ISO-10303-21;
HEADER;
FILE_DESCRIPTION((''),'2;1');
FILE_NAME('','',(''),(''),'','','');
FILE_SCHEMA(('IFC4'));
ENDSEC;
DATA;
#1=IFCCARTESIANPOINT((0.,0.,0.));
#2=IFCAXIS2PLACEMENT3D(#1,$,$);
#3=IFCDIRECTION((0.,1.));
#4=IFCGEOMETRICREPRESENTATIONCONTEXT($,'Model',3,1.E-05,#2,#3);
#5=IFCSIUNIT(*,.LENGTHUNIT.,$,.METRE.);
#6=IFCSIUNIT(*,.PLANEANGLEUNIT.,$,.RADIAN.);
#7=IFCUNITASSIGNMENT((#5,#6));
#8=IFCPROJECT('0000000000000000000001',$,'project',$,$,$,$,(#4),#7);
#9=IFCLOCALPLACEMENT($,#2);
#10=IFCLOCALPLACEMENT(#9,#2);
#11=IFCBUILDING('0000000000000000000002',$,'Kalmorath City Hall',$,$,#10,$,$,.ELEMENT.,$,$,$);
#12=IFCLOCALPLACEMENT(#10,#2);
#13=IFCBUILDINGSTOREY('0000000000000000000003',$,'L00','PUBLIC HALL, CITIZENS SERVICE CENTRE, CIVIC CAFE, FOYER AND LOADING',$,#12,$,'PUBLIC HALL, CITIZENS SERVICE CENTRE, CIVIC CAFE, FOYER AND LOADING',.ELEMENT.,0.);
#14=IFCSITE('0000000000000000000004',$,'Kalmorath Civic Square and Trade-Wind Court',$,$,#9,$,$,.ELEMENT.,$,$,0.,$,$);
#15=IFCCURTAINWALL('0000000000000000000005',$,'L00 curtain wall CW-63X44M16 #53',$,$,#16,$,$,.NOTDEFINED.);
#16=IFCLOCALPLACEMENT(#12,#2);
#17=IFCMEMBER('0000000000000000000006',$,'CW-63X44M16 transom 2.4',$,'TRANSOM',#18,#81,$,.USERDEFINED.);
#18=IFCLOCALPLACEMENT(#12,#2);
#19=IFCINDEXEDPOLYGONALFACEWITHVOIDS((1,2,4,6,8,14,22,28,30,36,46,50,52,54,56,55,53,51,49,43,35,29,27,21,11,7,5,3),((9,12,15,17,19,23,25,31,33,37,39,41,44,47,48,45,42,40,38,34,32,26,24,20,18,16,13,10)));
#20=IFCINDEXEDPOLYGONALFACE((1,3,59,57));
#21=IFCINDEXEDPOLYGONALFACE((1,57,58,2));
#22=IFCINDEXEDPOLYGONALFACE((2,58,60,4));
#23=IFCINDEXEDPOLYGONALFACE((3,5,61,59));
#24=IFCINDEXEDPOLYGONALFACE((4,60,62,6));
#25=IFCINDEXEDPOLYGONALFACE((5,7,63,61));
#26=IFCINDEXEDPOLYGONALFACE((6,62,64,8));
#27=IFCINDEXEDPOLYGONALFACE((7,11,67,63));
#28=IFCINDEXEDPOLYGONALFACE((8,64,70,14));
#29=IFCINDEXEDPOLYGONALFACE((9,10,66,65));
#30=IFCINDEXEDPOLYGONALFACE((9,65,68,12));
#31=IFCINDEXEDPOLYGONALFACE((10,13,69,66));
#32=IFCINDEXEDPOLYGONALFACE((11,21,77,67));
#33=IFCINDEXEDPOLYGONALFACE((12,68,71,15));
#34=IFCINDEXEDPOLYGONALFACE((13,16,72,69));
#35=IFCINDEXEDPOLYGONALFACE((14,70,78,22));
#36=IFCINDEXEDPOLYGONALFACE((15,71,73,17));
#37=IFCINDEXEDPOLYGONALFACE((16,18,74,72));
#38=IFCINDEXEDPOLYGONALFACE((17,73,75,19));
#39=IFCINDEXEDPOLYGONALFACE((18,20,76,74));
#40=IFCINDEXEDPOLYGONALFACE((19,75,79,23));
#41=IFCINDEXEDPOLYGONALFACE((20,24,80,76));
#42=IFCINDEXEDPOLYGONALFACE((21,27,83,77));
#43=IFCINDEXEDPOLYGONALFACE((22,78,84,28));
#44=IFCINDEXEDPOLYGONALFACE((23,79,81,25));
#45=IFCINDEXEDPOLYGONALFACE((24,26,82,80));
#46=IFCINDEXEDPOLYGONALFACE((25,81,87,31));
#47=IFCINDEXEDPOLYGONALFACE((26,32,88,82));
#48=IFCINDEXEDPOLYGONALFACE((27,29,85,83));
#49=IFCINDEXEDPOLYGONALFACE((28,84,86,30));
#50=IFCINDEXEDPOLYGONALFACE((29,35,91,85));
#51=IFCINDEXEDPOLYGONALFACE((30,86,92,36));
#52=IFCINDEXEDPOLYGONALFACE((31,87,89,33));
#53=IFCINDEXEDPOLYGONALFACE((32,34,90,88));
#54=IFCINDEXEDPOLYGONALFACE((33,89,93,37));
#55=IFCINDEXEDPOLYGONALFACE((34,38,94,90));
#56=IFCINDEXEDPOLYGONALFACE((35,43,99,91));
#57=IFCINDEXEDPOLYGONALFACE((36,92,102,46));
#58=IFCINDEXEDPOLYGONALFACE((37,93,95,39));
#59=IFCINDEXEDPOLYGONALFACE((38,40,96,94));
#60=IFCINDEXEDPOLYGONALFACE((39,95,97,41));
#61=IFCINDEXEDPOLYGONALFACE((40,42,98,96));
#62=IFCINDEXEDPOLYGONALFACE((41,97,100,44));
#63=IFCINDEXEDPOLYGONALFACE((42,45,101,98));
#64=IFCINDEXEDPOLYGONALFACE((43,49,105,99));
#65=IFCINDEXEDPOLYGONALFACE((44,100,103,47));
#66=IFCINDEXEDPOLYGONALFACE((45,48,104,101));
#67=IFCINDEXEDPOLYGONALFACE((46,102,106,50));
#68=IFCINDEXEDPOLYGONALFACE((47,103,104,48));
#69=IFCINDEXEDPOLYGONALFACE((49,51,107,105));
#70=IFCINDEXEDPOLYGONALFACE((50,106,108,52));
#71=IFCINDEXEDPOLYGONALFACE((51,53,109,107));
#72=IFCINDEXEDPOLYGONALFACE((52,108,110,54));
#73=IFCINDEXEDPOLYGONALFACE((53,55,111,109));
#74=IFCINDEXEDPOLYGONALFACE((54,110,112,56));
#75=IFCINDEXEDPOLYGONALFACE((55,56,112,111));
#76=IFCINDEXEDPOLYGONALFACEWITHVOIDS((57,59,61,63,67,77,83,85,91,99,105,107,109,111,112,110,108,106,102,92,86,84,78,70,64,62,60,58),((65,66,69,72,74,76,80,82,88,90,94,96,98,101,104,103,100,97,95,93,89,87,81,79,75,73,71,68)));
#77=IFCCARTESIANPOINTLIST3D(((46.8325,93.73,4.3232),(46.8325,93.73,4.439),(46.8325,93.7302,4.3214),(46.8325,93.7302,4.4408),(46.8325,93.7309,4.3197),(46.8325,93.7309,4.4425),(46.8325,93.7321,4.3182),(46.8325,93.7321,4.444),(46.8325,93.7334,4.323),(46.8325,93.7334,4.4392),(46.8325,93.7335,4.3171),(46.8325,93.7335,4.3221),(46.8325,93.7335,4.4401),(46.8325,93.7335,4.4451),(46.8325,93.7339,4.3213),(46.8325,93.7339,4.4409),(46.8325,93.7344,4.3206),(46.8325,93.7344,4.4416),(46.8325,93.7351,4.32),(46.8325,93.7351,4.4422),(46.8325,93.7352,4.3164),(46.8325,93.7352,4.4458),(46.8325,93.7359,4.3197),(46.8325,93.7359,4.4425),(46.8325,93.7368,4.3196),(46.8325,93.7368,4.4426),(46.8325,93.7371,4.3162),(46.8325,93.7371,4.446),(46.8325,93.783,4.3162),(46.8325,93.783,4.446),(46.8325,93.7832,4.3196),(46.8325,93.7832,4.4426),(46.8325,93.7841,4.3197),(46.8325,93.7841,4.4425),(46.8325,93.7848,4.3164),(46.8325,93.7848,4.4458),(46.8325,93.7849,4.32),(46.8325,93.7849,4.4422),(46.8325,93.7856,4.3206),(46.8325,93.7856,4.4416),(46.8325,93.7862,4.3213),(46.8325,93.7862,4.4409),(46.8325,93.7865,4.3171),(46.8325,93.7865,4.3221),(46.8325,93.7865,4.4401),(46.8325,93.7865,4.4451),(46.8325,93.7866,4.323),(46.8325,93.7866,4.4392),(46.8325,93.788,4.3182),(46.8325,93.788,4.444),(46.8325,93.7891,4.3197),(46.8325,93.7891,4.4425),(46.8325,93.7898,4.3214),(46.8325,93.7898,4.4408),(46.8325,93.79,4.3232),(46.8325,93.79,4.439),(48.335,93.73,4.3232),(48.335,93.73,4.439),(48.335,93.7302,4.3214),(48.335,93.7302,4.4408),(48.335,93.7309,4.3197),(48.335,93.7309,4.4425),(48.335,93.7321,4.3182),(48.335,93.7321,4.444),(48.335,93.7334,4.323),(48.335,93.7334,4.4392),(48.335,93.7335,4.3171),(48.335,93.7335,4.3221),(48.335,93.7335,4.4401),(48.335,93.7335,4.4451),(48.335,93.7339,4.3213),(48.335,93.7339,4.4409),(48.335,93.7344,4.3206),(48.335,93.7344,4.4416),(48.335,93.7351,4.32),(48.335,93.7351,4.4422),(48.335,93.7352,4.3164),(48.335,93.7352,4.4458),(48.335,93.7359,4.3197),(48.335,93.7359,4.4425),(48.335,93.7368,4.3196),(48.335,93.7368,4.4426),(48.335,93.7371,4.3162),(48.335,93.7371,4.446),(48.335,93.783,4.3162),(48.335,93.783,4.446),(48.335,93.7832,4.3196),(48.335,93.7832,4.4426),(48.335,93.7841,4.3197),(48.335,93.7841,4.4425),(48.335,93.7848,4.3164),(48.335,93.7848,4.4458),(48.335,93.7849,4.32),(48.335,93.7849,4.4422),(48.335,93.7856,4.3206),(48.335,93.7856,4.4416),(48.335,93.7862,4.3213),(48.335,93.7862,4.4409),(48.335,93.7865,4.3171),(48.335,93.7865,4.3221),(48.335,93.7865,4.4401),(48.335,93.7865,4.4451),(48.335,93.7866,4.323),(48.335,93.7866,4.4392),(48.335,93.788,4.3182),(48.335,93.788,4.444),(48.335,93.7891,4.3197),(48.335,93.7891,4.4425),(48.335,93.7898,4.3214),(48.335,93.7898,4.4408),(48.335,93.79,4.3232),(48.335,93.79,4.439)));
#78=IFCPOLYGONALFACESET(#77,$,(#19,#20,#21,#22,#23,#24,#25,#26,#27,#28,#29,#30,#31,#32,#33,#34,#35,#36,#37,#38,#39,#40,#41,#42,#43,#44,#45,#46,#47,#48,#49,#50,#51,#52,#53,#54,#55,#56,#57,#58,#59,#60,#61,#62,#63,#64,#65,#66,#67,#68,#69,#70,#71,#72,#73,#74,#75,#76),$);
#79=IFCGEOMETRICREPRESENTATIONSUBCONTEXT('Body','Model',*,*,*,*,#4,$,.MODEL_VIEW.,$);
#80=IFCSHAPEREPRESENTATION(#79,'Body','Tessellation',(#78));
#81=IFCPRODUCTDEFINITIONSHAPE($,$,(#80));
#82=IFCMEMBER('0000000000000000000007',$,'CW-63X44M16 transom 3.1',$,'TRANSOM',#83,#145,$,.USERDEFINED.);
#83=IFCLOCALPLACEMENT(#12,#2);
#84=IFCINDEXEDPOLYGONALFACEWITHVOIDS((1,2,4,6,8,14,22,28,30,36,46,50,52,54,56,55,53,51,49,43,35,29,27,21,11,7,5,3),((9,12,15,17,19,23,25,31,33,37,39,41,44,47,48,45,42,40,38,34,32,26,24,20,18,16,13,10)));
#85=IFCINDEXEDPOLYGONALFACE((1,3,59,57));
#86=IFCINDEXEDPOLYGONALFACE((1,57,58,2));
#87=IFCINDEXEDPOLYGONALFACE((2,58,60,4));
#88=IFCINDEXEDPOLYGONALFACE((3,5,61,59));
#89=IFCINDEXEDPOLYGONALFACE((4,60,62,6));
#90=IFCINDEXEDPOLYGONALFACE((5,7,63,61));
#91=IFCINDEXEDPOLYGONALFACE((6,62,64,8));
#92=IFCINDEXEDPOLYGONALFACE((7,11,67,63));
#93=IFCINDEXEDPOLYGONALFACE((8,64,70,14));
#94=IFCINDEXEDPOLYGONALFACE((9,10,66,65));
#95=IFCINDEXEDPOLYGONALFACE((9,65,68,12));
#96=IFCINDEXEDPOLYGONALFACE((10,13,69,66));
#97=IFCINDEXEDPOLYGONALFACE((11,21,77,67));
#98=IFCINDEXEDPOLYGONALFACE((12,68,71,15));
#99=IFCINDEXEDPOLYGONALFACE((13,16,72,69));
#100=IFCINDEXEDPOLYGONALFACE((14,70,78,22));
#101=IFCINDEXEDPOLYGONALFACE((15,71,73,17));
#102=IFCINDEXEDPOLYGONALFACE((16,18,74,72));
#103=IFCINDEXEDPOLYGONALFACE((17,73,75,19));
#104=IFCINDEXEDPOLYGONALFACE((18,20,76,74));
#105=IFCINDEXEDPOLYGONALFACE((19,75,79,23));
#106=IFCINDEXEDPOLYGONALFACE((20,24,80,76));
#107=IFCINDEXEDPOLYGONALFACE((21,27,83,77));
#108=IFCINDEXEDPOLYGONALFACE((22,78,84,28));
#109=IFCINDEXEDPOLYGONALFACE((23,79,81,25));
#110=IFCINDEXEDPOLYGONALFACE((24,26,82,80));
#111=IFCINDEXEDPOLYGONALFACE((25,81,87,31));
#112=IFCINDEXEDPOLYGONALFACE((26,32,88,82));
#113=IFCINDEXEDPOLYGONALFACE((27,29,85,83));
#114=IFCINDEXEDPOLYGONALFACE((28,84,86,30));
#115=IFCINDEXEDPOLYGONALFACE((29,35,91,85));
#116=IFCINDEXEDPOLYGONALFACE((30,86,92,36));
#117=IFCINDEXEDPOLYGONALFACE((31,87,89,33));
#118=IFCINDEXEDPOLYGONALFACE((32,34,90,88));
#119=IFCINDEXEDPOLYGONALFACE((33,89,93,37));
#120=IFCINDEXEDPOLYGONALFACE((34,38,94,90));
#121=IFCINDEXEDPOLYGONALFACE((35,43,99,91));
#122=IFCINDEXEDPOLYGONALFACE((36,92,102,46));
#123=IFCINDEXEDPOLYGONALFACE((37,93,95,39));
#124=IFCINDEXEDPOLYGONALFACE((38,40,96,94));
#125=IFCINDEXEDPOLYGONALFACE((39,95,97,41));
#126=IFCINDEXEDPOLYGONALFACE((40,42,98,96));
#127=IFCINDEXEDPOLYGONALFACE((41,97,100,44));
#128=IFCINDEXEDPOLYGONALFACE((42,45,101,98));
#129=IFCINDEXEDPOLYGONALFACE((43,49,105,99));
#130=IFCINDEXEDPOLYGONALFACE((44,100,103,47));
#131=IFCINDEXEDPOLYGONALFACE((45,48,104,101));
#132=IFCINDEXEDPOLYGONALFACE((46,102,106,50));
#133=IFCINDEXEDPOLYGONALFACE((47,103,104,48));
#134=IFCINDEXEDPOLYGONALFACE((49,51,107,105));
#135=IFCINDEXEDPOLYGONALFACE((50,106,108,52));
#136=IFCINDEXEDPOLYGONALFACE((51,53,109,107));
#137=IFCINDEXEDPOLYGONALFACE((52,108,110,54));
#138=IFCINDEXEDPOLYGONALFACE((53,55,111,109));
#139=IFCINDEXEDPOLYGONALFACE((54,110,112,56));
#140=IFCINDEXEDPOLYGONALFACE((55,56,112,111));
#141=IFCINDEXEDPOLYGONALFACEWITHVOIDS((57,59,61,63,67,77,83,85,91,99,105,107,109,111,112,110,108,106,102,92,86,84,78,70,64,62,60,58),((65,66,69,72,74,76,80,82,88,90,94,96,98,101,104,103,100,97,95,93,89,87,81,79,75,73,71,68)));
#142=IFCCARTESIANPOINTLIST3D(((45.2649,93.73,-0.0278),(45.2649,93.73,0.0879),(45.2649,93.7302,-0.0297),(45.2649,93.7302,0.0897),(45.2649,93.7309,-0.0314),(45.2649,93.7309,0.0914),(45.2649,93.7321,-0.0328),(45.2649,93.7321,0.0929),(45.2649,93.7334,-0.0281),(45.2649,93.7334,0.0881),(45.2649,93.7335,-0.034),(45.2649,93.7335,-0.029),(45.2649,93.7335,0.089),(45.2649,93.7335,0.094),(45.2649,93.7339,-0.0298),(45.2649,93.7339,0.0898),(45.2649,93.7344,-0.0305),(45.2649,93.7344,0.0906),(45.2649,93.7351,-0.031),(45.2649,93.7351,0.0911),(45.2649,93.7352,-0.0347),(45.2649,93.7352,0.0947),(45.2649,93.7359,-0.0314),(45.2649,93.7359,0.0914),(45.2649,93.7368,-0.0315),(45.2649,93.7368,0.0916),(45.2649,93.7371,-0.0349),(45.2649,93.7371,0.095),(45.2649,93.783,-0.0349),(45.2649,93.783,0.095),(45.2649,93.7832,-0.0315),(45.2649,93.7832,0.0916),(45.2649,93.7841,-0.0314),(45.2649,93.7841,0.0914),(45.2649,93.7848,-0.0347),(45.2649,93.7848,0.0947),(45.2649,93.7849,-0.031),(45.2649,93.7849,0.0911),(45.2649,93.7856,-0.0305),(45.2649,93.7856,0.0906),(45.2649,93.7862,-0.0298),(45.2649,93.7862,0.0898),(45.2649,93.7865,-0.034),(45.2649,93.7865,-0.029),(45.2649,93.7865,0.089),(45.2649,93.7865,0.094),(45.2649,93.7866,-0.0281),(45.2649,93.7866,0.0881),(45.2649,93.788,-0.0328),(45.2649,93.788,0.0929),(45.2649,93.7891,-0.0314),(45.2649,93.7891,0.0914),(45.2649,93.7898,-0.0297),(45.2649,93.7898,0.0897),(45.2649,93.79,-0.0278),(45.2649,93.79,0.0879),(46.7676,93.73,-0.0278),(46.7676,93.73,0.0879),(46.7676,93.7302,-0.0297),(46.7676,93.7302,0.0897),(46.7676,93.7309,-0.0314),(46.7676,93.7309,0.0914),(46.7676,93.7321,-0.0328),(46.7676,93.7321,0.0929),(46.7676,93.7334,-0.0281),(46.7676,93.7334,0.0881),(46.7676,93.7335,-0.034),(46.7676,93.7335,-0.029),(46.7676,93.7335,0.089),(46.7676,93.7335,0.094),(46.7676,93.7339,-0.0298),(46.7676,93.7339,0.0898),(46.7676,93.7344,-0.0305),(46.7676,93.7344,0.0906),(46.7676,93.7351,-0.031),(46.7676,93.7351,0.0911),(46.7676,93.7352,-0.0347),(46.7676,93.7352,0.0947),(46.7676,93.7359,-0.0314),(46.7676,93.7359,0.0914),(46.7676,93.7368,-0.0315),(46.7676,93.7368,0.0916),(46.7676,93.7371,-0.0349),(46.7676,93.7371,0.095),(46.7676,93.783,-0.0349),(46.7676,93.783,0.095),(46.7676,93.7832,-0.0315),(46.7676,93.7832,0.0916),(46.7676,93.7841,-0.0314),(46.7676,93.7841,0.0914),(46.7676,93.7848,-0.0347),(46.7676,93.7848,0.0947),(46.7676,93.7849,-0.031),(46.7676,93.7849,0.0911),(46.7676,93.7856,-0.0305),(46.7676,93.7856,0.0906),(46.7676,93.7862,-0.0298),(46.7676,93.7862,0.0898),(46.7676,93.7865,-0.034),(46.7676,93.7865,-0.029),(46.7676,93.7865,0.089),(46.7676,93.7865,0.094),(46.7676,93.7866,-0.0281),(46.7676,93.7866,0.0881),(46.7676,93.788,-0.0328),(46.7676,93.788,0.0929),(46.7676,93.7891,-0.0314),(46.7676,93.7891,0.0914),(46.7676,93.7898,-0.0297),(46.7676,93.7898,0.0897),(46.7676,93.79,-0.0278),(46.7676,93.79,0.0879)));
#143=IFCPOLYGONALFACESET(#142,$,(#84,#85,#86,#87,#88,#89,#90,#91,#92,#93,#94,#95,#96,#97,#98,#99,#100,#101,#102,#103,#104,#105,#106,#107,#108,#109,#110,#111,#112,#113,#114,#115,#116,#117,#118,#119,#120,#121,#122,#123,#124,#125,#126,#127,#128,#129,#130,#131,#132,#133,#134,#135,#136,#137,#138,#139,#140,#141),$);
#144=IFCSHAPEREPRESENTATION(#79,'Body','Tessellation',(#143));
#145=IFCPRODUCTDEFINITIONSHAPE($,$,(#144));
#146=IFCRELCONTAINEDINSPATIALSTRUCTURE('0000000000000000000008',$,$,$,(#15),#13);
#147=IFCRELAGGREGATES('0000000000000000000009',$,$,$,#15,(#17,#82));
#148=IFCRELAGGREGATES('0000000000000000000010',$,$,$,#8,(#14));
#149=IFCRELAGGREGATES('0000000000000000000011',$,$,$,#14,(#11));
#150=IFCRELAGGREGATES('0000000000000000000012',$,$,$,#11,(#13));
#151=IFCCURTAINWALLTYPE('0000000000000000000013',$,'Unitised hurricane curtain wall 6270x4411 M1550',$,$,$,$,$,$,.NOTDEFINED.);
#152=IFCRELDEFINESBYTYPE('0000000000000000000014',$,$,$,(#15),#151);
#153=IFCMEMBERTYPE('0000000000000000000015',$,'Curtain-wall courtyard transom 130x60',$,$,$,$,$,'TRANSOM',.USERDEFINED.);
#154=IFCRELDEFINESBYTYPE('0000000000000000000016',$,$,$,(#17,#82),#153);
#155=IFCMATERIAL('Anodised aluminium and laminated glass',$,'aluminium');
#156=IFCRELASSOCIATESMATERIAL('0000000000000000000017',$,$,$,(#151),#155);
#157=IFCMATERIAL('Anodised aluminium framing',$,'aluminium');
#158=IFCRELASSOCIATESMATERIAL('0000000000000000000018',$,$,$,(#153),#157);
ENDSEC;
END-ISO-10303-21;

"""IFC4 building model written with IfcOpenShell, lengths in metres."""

from ifc_helpers import new_model, si_unit, direction, frame, origin, origin_2d, place, context, subcontext, project, spatial, hollow_rectangle, extrude, material, material_profile, profile_set, type_object, element, aggregate, save


model = new_model("IFC4")

# Units and contexts
model_context = context("Model", 3, precision=1e-05, world=origin(), true_north=direction((0.0, 1.0)))
body_context = subcontext(model_context, "Body", "Model", "MODEL_VIEW")
ifc_project = project(units=[si_unit("LENGTHUNIT", "METRE"), si_unit("PLANEANGLEUNIT", "RADIAN")], contexts=[model_context])

# Site, building, storey
site_placement = place(None, origin())
site = spatial("IfcSite", under=ifc_project, at=site_placement, Name="Kalmorath Civic Square and Trade-Wind Court", CompositionType="ELEMENT", RefElevation=0.0)
building_placement = place(site_placement, origin())
building = spatial("IfcBuilding", under=site, at=building_placement, Name="Kalmorath City Hall", CompositionType="ELEMENT")
storey_placement = place(building_placement, origin())
storey = spatial("IfcBuildingStorey", under=building, at=storey_placement, Name="L00", Description="PUBLIC HALL, CITIZENS SERVICE CENTRE, CIVIC CAFE, FOYER AND LOADING", LongName="PUBLIC HALL, CITIZENS SERVICE CENTRE, CIVIC CAFE, FOYER AND LOADING", CompositionType="ELEMENT", Elevation=0.0)

# Curtain wall, members
ifc_material_1 = material(Name="Anodised aluminium and laminated glass", Category="aluminium")
curtain_wall_type = type_object("IfcCurtainWallType", Name="Unitised hurricane curtain wall 6270x4411 M1550", PredefinedType="NOTDEFINED", material=ifc_material_1)
curtain_wall_placement = place(storey_placement, origin())
curtain_wall = element("IfcCurtainWall", 1, at=curtain_wall_placement, inside=storey, type_object=curtain_wall_type, Name="L00 curtain wall CW-63X44M16 #53", PredefinedType="NOTDEFINED")
ifc_material_2 = material(Name="Anodised aluminium framing", Category="aluminium")
ifc_material_profile_1 = material_profile(ifc_material_2, hollow_rectangle(XDim=0.0601, YDim=0.1299, WallThickness=0.0034, InnerFilletRadius=0.0034, OuterFilletRadius=0.0071, at=origin_2d()), Name="ALU-TRN-130X60X3.5")
ifc_profile_set_1 = profile_set([ifc_material_profile_1], Name="Anodised aluminium framing")
member_type_1 = type_object("IfcMemberType", Name="Curtain-wall courtyard transom 130x60", ElementType="TRANSOM", PredefinedType="USERDEFINED", material=ifc_profile_set_1)
member_1_placement = place(storey_placement, frame((48.335, 93.76, 4.3811), z_axis=(-1.0, 0.0, 0.0), x_axis=(0.0, -1.0, 0.0)))
member_1 = element("IfcMember", 2, at=member_1_placement, type_object=member_type_1, Name="CW-63X44M16 transom 2.4", ObjectType="TRANSOM", PredefinedType="USERDEFINED", context=body_context, shape_type="SweptSolid", body=[
    extrude(hollow_rectangle(XDim=0.0601, YDim=0.1299, WallThickness=0.0034, InnerFilletRadius=0.0034, OuterFilletRadius=0.0071, at=origin_2d()), origin(), (0.0, 0.0, 1.0), 1.5024),
])
member_2_placement = place(storey_placement, frame((46.7676, 93.76, 0.03), z_axis=(-1.0, 0.0, 0.0), x_axis=(0.0, -1.0, 0.0)))
member_2 = element("IfcMember", 3, at=member_2_placement, type_object=member_type_1, Name="CW-63X44M16 transom 3.1", ObjectType="TRANSOM", PredefinedType="USERDEFINED", context=body_context, shape_type="SweptSolid", body=[
    extrude(hollow_rectangle(XDim=0.0601, YDim=0.1299, WallThickness=0.0034, InnerFilletRadius=0.0034, OuterFilletRadius=0.0071, at=origin_2d()), origin(), (0.0, 0.0, 1.0), 1.5027),
])
aggregate(curtain_wall, [member_1, member_2])

save(model, "model.ifc")
